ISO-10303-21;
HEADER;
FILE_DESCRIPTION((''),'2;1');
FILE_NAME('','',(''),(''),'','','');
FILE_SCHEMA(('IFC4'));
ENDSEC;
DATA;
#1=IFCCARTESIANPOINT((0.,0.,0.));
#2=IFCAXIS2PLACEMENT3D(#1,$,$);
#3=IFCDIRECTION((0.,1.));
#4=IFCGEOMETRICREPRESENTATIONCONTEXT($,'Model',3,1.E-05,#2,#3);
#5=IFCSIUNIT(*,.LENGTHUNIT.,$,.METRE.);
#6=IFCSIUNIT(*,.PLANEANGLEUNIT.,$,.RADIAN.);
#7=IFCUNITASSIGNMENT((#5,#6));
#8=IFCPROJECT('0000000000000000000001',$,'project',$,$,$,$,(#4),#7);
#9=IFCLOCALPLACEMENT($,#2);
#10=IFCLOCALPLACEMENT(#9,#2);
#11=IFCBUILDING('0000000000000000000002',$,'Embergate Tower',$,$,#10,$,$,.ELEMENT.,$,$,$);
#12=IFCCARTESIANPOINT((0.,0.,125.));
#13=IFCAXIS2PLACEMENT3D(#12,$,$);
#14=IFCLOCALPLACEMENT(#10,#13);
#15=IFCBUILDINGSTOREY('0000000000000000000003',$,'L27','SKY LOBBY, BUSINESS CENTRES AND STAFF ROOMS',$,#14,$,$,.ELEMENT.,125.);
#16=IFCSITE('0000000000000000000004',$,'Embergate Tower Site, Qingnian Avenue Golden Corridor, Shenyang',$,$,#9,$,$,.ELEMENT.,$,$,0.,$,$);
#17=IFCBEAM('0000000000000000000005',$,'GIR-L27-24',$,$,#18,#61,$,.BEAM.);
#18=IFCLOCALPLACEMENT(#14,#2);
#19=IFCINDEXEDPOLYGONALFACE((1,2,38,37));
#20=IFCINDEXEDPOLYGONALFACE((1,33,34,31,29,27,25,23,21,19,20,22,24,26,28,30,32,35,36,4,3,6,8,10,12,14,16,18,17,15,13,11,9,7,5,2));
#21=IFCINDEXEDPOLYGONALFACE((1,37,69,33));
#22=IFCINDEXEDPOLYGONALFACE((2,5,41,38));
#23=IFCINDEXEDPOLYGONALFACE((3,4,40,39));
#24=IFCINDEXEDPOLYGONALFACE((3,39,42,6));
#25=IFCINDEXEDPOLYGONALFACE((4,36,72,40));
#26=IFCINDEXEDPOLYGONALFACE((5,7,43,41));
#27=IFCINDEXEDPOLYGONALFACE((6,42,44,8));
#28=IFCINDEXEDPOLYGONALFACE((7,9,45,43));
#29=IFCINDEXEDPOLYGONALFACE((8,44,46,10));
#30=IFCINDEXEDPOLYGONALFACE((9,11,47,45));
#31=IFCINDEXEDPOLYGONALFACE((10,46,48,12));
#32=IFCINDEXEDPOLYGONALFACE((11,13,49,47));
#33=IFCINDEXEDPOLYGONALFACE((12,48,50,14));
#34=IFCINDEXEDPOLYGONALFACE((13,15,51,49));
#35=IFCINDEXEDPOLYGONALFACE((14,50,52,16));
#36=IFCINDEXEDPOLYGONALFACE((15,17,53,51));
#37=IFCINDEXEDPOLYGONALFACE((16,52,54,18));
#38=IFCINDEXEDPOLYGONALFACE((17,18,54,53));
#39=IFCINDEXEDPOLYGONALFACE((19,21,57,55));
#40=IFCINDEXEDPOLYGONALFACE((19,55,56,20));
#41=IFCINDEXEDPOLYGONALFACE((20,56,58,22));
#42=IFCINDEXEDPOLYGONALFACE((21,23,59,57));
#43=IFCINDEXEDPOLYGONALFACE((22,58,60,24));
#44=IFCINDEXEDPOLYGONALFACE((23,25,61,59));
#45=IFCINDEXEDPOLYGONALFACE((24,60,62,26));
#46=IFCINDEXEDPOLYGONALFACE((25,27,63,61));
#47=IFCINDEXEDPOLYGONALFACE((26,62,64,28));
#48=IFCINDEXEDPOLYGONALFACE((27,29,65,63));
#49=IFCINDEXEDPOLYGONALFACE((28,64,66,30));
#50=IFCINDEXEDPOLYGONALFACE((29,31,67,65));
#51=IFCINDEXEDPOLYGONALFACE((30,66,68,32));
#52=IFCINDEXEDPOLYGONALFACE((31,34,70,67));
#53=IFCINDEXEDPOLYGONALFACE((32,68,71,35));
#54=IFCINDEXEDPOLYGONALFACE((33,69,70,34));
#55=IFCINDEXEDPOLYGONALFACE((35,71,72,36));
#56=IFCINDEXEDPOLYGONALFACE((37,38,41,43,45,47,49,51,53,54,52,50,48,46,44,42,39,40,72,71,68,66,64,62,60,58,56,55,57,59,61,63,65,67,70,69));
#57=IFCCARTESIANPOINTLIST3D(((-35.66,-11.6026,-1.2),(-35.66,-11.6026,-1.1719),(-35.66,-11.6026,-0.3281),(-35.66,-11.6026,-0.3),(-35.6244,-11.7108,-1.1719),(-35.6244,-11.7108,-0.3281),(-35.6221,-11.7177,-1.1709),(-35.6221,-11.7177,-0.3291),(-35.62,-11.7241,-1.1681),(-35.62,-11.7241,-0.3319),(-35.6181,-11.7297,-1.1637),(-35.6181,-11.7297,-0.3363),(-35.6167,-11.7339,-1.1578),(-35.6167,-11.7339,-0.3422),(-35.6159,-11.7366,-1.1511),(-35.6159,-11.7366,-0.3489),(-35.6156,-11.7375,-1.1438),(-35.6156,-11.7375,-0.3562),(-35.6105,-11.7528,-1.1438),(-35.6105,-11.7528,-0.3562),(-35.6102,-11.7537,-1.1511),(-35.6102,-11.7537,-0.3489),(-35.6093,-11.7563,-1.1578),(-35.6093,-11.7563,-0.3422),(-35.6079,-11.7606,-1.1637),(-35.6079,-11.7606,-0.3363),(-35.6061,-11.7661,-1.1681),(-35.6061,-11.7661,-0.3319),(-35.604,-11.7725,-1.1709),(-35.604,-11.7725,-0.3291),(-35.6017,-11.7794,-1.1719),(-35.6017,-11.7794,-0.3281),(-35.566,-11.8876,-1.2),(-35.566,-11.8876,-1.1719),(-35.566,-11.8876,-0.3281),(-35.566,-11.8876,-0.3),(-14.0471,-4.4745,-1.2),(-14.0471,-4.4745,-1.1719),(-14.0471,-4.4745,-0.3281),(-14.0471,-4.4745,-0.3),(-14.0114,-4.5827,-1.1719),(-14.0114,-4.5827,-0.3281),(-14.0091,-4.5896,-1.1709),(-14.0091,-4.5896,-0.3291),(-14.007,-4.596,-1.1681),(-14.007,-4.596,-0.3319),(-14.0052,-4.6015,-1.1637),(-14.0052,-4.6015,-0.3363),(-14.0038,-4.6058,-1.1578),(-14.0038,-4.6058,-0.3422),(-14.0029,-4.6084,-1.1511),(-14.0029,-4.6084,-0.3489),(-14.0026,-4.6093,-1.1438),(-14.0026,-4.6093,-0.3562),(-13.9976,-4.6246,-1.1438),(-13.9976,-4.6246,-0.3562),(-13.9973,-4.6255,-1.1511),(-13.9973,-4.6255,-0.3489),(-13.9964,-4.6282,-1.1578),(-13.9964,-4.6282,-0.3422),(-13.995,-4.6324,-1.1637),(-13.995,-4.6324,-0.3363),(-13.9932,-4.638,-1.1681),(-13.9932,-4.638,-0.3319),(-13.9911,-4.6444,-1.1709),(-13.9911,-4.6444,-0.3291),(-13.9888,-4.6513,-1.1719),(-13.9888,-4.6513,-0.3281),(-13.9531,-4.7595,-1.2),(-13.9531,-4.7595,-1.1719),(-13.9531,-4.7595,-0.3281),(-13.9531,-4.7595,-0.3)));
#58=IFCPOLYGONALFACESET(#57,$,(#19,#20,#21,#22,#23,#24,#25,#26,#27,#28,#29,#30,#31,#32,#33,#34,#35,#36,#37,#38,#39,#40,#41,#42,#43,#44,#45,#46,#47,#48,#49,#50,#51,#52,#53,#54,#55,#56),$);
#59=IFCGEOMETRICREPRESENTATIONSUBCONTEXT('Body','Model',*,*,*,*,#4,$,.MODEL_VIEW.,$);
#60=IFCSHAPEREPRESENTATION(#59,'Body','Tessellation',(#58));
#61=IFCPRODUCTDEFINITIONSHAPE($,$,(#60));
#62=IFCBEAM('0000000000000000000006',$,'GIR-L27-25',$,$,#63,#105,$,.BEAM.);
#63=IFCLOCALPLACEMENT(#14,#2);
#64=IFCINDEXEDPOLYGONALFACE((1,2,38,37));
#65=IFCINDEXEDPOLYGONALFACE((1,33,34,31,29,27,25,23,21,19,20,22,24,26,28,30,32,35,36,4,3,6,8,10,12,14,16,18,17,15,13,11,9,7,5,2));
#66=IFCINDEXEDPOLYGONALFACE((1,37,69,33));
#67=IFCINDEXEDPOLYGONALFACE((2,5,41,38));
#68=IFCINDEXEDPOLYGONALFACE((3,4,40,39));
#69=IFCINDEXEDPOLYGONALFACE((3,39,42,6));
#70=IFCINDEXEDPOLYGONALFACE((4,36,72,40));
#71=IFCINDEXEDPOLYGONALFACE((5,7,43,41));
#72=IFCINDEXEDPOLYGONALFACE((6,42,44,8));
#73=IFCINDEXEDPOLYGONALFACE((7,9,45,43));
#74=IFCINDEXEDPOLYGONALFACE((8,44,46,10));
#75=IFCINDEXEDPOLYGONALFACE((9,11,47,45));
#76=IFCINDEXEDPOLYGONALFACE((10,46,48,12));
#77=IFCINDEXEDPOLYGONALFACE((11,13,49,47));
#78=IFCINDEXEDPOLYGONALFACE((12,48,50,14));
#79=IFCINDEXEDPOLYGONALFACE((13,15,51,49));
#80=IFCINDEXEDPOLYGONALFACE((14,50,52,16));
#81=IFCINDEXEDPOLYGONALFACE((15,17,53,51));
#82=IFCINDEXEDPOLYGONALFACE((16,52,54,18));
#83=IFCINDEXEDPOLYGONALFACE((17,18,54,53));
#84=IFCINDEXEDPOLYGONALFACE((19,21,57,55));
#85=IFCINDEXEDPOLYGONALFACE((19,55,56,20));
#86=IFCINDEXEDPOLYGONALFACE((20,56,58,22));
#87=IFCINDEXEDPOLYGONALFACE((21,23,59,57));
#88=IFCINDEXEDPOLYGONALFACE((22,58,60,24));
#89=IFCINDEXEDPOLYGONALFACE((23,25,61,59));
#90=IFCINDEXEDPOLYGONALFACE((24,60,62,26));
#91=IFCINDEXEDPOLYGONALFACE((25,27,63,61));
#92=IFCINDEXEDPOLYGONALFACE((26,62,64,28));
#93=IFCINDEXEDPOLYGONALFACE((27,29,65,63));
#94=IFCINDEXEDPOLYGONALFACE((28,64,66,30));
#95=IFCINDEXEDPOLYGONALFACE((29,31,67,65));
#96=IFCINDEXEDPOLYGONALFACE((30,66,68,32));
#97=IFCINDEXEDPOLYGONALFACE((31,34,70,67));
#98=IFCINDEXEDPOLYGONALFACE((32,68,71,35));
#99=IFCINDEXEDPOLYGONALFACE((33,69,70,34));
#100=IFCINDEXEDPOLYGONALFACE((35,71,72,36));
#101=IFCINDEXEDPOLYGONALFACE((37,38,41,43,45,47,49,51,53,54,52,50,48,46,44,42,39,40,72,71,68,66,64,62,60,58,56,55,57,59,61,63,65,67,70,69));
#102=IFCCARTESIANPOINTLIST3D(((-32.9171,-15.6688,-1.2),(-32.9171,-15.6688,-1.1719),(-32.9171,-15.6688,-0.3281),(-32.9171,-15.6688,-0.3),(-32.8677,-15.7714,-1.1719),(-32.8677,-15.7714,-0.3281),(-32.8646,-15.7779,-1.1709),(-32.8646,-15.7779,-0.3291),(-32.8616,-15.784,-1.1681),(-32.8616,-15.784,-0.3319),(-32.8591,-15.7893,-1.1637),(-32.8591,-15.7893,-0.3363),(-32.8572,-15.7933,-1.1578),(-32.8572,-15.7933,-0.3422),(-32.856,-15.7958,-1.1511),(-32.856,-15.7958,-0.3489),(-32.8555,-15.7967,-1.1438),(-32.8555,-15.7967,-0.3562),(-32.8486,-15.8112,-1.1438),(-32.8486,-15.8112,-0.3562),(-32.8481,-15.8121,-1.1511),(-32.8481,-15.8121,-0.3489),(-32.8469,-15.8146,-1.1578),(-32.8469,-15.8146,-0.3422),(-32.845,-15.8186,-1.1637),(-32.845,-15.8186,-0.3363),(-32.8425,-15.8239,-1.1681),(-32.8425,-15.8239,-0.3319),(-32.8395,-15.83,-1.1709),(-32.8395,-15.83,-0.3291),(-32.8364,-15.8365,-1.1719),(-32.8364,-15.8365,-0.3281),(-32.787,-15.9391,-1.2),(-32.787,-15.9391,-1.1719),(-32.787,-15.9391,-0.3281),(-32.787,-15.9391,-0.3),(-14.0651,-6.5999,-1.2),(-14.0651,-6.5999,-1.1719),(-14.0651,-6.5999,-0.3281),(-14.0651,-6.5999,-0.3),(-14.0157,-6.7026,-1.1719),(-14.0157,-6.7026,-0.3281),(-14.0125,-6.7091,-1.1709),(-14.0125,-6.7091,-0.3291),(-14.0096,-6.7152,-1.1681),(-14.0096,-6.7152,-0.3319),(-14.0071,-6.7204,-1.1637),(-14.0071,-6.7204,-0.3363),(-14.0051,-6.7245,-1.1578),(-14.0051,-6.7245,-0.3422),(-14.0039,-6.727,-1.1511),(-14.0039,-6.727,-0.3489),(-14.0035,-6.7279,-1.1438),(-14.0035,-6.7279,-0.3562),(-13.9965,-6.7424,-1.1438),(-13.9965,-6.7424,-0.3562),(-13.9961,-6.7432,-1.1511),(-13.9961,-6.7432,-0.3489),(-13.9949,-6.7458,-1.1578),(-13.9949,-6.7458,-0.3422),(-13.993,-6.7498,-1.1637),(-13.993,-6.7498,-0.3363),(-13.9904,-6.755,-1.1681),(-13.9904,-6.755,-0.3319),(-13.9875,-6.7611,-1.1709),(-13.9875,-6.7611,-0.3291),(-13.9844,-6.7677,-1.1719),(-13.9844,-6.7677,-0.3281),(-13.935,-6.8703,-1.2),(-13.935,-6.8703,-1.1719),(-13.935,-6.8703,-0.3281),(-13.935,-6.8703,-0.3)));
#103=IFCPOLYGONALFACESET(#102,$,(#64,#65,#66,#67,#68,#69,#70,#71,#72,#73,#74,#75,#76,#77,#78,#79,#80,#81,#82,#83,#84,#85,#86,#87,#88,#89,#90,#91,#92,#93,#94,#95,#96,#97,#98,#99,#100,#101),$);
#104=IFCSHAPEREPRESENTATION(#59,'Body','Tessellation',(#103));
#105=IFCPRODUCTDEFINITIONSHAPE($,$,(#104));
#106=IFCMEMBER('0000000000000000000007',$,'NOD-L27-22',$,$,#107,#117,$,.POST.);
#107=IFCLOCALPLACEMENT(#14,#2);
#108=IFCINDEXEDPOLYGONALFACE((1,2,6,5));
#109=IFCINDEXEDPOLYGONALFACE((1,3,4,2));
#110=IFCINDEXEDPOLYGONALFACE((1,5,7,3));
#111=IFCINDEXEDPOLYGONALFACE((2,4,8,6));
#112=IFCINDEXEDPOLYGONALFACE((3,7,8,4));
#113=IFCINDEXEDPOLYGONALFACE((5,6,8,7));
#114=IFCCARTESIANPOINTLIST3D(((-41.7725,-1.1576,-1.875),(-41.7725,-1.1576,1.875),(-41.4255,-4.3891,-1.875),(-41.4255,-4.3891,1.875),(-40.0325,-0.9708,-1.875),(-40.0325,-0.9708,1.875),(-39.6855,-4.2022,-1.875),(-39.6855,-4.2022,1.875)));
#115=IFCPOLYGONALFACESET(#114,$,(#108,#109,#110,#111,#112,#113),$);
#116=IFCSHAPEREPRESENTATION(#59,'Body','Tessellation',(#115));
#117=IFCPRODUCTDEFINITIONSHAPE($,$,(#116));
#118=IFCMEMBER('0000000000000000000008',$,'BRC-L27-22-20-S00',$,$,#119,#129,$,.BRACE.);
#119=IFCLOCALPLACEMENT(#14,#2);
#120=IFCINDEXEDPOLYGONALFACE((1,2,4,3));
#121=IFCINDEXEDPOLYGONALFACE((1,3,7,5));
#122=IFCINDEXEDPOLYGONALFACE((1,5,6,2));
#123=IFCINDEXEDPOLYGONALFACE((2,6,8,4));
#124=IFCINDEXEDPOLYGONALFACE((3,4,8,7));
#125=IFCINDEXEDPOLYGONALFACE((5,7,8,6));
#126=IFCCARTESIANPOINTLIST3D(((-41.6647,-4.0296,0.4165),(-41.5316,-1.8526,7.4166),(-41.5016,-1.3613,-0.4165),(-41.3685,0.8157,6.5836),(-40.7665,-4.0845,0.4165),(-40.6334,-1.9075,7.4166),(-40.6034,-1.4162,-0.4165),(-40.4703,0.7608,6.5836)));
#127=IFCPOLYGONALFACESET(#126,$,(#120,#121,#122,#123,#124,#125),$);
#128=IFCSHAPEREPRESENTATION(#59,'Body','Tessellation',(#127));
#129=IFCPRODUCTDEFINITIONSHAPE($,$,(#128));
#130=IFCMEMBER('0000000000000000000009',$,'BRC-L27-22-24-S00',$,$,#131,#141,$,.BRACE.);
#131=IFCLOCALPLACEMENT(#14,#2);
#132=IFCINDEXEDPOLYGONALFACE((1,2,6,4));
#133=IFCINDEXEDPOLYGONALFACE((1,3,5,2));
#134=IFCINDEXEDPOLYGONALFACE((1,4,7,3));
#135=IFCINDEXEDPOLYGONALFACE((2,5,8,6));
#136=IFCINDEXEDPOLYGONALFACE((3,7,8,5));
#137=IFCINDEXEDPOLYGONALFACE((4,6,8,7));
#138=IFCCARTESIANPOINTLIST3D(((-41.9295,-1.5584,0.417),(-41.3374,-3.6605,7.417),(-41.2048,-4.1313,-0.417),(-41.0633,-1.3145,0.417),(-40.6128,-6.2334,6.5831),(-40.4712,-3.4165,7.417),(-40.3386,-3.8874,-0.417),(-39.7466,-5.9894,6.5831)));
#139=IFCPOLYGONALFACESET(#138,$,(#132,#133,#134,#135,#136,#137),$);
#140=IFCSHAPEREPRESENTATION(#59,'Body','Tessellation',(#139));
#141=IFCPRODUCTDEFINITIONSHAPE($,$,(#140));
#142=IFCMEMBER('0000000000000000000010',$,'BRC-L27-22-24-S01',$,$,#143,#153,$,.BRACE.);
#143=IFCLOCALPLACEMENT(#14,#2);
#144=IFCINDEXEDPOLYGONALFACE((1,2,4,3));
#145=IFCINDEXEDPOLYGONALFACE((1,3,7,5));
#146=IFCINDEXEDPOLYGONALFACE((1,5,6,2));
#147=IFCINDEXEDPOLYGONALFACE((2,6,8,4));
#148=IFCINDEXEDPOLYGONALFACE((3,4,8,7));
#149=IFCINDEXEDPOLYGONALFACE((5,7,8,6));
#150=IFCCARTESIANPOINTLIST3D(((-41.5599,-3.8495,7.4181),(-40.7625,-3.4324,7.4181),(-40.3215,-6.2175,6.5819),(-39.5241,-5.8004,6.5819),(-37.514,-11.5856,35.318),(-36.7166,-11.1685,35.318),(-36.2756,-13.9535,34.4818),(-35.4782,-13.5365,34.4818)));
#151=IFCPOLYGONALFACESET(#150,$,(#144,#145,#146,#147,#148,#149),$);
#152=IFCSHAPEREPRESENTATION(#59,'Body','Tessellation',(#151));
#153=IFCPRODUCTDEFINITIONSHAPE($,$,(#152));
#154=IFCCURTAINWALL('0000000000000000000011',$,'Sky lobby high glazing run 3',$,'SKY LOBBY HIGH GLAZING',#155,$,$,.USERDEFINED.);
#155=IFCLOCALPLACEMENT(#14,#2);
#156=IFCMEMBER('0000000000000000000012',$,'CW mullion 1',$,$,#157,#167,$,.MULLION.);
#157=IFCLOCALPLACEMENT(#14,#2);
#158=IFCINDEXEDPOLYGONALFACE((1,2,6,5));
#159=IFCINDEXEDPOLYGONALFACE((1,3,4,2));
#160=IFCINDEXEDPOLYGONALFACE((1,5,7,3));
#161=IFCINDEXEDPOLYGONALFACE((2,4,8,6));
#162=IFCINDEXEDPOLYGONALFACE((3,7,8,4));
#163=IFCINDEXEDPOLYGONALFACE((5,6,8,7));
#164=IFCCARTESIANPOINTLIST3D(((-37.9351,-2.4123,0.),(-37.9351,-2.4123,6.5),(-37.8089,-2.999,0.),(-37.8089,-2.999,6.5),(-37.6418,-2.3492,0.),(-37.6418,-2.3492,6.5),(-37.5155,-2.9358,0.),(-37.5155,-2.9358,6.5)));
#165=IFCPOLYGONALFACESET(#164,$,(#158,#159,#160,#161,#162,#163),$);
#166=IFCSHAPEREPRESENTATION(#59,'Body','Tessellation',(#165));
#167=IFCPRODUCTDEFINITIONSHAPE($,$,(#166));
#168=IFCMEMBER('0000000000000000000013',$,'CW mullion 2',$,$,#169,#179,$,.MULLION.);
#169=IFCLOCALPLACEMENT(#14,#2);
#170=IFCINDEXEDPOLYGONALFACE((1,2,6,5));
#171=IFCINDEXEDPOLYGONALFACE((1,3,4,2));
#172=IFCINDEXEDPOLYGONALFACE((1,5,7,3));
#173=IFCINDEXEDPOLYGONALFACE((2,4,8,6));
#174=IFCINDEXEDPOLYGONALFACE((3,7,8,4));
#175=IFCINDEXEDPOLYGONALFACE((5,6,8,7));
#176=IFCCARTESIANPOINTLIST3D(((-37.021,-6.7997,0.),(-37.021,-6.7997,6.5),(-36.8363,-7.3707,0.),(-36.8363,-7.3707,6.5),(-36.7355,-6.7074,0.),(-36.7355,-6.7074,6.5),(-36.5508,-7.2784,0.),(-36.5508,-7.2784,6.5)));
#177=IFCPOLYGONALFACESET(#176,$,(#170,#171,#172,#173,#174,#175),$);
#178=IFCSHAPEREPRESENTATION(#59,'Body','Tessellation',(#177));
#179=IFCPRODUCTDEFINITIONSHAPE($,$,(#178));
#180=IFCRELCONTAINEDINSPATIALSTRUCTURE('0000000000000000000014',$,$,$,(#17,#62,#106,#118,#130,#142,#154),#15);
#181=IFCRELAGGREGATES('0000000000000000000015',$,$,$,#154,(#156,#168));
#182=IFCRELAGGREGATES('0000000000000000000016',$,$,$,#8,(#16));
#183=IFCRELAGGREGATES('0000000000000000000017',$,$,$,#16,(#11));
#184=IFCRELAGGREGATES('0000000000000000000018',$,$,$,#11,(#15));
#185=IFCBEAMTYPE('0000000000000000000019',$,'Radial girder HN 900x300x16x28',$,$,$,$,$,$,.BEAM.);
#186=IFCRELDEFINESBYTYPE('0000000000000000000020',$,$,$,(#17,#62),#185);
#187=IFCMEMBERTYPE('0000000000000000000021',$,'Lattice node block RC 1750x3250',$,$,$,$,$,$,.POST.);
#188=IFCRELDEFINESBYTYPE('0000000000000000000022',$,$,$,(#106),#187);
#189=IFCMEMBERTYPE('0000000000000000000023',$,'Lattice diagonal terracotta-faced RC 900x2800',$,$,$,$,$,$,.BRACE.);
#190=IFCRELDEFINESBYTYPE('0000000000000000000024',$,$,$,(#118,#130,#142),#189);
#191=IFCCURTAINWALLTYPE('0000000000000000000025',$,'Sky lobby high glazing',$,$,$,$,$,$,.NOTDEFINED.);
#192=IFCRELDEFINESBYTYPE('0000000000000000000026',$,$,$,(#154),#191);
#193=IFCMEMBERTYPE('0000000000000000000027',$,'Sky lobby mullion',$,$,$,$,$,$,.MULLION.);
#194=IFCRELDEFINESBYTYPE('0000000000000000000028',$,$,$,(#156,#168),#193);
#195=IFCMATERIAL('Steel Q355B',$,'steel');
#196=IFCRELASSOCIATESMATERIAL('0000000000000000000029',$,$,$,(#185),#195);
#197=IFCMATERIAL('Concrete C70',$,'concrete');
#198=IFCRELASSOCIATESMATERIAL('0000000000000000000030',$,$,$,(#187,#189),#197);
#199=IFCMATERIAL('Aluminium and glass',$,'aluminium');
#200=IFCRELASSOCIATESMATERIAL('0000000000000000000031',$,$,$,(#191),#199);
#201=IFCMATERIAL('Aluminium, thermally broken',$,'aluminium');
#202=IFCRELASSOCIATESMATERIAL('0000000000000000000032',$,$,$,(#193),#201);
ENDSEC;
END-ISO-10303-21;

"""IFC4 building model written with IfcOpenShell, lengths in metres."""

from ifc_helpers import new_model, si_unit, direction, frame, origin, origin_2d, place, context, subcontext, project, spatial, rectangle, i_section, extrude, source, transform, mapped, material, material_profile, profile_set, type_object, element, aggregate, save


model = new_model("IFC4")

# Units and contexts
model_context = context("Model", 3, precision=1e-05, world=origin(), true_north=direction((0.0, 1.0)))
body_context = subcontext(model_context, "Body", "Model", "MODEL_VIEW")
ifc_project = project(units=[si_unit("LENGTHUNIT", "METRE"), si_unit("PLANEANGLEUNIT", "RADIAN")], contexts=[model_context])

# Site, building, storey
site_placement = place(None, origin())
site = spatial("IfcSite", under=ifc_project, at=site_placement, Name="Embergate Tower Site, Qingnian Avenue Golden Corridor, Shenyang", CompositionType="ELEMENT", RefElevation=0.0)
building_placement = place(site_placement, origin())
building = spatial("IfcBuilding", under=site, at=building_placement, Name="Embergate Tower", CompositionType="ELEMENT")
storey_placement = place(building_placement, frame((0.0, 0.0, 125.0)))
storey = spatial("IfcBuildingStorey", under=building, at=storey_placement, Name="L27", Description="SKY LOBBY, BUSINESS CENTRES AND STAFF ROOMS", CompositionType="ELEMENT", Elevation=125.0)

# Shared definitions
ifc_material_1 = material(Name="Concrete C70", Category="concrete")

# Beams
ifc_material_2 = material(Name="Steel Q355B", Category="steel")
ifc_material_profile_1 = material_profile(ifc_material_2, i_section(OverallWidth=0.3, OverallDepth=0.8999, WebThickness=0.0161, FlangeThickness=0.0281, FilletRadius=0.0281, at=origin_2d()), Name="HN 900x300x16x28")
ifc_profile_set_1 = profile_set([ifc_material_profile_1], Name="Steel Q355 grade B")
beam_type_1 = type_object("IfcBeamType", Name="Radial girder HN 900x300x16x28", PredefinedType="BEAM", material=ifc_profile_set_1)
shared_shape_1 = source(origin(), body_context, "Body", "SweptSolid", [
    extrude(i_section(OverallWidth=0.3, OverallDepth=0.8999, WebThickness=0.0161, FlangeThickness=0.0281, FilletRadius=0.0281, at=origin_2d()), origin(), (0.0, 0.0, 1.0), 22.7581),
])
beam_1_placement = place(storey_placement, frame((-35.613, -11.7451, -0.75), z_axis=(0.949683, 0.313214, 0.0), x_axis=(-0.313214, 0.949683, 0.0)))
element("IfcBeam", 1, at=beam_1_placement, inside=storey, type_object=beam_type_1, Name="GIR-L27-24", PredefinedType="BEAM", context=body_context, shape_type="MappedRepresentation", body=[
    mapped(shared_shape_1, transform((0.0, 0.0, 0.0))),
])
shared_shape_2 = source(origin(), body_context, "Body", "SweptSolid", [
    extrude(i_section(OverallWidth=0.3, OverallDepth=0.8999, WebThickness=0.0161, FlangeThickness=0.0281, FilletRadius=0.0281, at=origin_2d()), origin(), (0.0, 0.0, 1.0), 20.9199),
])
beam_2_placement = place(storey_placement, frame((-32.8521, -15.804, -0.75), z_axis=(0.901152, 0.433503, 0.0), x_axis=(-0.433503, 0.901152, 0.0)))
element("IfcBeam", 2, at=beam_2_placement, inside=storey, type_object=beam_type_1, Name="GIR-L27-25", PredefinedType="BEAM", context=body_context, shape_type="MappedRepresentation", body=[
    mapped(shared_shape_2, transform((0.0, 0.0, 0.0))),
])

# Members
ifc_material_profile_2 = material_profile(ifc_material_1, rectangle(XDim=1.75, YDim=3.25, at=origin_2d()), Name="RC 1750x3250")
ifc_profile_set_2 = profile_set([ifc_material_profile_2], Name="Concrete C70")
member_type_1 = type_object("IfcMemberType", Name="Lattice node block RC 1750x3250", PredefinedType="POST", material=ifc_profile_set_2)
shared_shape_3 = source(origin(), body_context, "Body", "SweptSolid", [
    extrude(rectangle(XDim=1.75, YDim=3.25, at=origin_2d()), origin(), (0.0, 0.0, 1.0), 3.75),
])
member_1_placement = place(storey_placement, frame((-40.729, -2.6799, -1.875), z_axis=(0.0, 0.0, 1.0), x_axis=(-0.994286, -0.10675, 0.0)))
element("IfcMember", 3, at=member_1_placement, inside=storey, type_object=member_type_1, Name="NOD-L27-22", PredefinedType="POST", context=body_context, shape_type="MappedRepresentation", body=[
    mapped(shared_shape_3, transform((0.0, 0.0, 0.0))),
])
ifc_material_profile_3 = material_profile(ifc_material_1, rectangle(XDim=0.8999, YDim=2.8, at=origin_2d()), Name="RC 900x2800")
ifc_profile_set_3 = profile_set([ifc_material_profile_3], Name="Concrete C70")
member_type_2 = type_object("IfcMemberType", Name="Lattice diagonal terracotta-faced RC 900x2800", PredefinedType="BRACE", material=ifc_profile_set_3)
shared_shape_4 = source(origin(), body_context, "Body", "SweptSolid", [
    extrude(rectangle(XDim=0.8999, YDim=2.8, at=origin_2d()), origin(), (0.0, 0.0, 1.0), 7.332),
])
member_2_placement = place(storey_placement, frame((-41.134, -2.7229, 0.0), z_axis=(0.018148, 0.296921, 0.95473), x_axis=(-0.998137, 0.061005, 0.0)))
element("IfcMember", 4, at=member_2_placement, inside=storey, type_object=member_type_2, Name="BRC-L27-22-20-S00", PredefinedType="BRACE", context=body_context, shape_type="MappedRepresentation", body=[
    mapped(shared_shape_4, transform((0.0, 0.0, 0.0))),
])
shared_shape_5 = source(origin(), body_context, "Body", "SweptSolid", [
    extrude(rectangle(XDim=0.8999, YDim=2.8, at=origin_2d()), origin(), (0.0, 0.0, 1.0), 7.3328),
])
member_3_placement = place(storey_placement, frame((-41.134, -2.7229, 0.0), z_axis=(0.080739, -0.286666, 0.954622), x_axis=(0.962551, 0.271102, 0.0)))
element("IfcMember", 5, at=member_3_placement, inside=storey, type_object=member_type_2, Name="BRC-L27-22-24-S00", PredefinedType="BRACE", context=body_context, shape_type="MappedRepresentation", body=[
    mapped(shared_shape_5, transform((0.0, 0.0, 0.0))),
])
shared_shape_6 = source(origin(), body_context, "Body", "SweptSolid", [
    extrude(rectangle(XDim=0.8999, YDim=2.8, at=origin_2d()), origin(), (0.0, 0.0, 1.0), 29.2339),
])
member_4_placement = place(storey_placement, frame((-40.542, -4.825, 7.0), z_axis=(0.138397, -0.264627, 0.954368), x_axis=(0.88613, 0.463437, 0.0)))
element("IfcMember", 6, at=member_4_placement, inside=storey, type_object=member_type_2, Name="BRC-L27-22-24-S01", PredefinedType="BRACE", context=body_context, shape_type="MappedRepresentation", body=[
    mapped(shared_shape_6, transform((0.0, 0.0, 0.0))),
])

# Curtain wall, members
ifc_material_3 = material(Name="Aluminium and glass", Category="aluminium")
curtain_wall_type = type_object("IfcCurtainWallType", Name="Sky lobby high glazing", PredefinedType="NOTDEFINED", material=ifc_material_3)
curtain_wall_placement = place(storey_placement, origin())
curtain_wall = element("IfcCurtainWall", 7, at=curtain_wall_placement, inside=storey, type_object=curtain_wall_type, Name="Sky lobby high glazing run 3", ObjectType="SKY LOBBY HIGH GLAZING", PredefinedType="USERDEFINED")
ifc_material_4 = material(Name="Aluminium, thermally broken", Category="aluminium")
ifc_material_profile_4 = material_profile(ifc_material_4, rectangle(XDim=0.3, YDim=0.6001, at=origin_2d()), Name="AL 600x300")
ifc_profile_set_4 = profile_set([ifc_material_profile_4], Name="Aluminium, thermally broken")
member_type_3 = type_object("IfcMemberType", Name="Sky lobby mullion", PredefinedType="MULLION", material=ifc_profile_set_4)
shared_shape_7 = source(origin(), body_context, "Body", "SweptSolid", [
    extrude(rectangle(XDim=0.3, YDim=0.6001, at=origin_2d()), origin(), (0.0, 0.0, 1.0), 6.5),
])
member_5_placement = place(storey_placement, frame((-37.7253, -2.6741, 0.0), z_axis=(0.0, 0.0, 1.0), x_axis=(0.977615, 0.210402, 0.0)))
member_5 = element("IfcMember", 8, at=member_5_placement, type_object=member_type_3, Name="CW mullion 1", PredefinedType="MULLION", context=body_context, shape_type="MappedRepresentation", body=[
    mapped(shared_shape_7, transform((0.0, 0.0, 0.0))),
])
member_6_placement = place(storey_placement, frame((-36.7859, -7.0391, 0.0), z_axis=(0.0, 0.0, 1.0), x_axis=(0.951494, 0.307667, 0.0)))
member_6 = element("IfcMember", 9, at=member_6_placement, type_object=member_type_3, Name="CW mullion 2", PredefinedType="MULLION", context=body_context, shape_type="MappedRepresentation", body=[
    mapped(shared_shape_7, transform((0.0, 0.0, 0.0))),
])
aggregate(curtain_wall, [member_5, member_6])

save(model, "model.ifc")
